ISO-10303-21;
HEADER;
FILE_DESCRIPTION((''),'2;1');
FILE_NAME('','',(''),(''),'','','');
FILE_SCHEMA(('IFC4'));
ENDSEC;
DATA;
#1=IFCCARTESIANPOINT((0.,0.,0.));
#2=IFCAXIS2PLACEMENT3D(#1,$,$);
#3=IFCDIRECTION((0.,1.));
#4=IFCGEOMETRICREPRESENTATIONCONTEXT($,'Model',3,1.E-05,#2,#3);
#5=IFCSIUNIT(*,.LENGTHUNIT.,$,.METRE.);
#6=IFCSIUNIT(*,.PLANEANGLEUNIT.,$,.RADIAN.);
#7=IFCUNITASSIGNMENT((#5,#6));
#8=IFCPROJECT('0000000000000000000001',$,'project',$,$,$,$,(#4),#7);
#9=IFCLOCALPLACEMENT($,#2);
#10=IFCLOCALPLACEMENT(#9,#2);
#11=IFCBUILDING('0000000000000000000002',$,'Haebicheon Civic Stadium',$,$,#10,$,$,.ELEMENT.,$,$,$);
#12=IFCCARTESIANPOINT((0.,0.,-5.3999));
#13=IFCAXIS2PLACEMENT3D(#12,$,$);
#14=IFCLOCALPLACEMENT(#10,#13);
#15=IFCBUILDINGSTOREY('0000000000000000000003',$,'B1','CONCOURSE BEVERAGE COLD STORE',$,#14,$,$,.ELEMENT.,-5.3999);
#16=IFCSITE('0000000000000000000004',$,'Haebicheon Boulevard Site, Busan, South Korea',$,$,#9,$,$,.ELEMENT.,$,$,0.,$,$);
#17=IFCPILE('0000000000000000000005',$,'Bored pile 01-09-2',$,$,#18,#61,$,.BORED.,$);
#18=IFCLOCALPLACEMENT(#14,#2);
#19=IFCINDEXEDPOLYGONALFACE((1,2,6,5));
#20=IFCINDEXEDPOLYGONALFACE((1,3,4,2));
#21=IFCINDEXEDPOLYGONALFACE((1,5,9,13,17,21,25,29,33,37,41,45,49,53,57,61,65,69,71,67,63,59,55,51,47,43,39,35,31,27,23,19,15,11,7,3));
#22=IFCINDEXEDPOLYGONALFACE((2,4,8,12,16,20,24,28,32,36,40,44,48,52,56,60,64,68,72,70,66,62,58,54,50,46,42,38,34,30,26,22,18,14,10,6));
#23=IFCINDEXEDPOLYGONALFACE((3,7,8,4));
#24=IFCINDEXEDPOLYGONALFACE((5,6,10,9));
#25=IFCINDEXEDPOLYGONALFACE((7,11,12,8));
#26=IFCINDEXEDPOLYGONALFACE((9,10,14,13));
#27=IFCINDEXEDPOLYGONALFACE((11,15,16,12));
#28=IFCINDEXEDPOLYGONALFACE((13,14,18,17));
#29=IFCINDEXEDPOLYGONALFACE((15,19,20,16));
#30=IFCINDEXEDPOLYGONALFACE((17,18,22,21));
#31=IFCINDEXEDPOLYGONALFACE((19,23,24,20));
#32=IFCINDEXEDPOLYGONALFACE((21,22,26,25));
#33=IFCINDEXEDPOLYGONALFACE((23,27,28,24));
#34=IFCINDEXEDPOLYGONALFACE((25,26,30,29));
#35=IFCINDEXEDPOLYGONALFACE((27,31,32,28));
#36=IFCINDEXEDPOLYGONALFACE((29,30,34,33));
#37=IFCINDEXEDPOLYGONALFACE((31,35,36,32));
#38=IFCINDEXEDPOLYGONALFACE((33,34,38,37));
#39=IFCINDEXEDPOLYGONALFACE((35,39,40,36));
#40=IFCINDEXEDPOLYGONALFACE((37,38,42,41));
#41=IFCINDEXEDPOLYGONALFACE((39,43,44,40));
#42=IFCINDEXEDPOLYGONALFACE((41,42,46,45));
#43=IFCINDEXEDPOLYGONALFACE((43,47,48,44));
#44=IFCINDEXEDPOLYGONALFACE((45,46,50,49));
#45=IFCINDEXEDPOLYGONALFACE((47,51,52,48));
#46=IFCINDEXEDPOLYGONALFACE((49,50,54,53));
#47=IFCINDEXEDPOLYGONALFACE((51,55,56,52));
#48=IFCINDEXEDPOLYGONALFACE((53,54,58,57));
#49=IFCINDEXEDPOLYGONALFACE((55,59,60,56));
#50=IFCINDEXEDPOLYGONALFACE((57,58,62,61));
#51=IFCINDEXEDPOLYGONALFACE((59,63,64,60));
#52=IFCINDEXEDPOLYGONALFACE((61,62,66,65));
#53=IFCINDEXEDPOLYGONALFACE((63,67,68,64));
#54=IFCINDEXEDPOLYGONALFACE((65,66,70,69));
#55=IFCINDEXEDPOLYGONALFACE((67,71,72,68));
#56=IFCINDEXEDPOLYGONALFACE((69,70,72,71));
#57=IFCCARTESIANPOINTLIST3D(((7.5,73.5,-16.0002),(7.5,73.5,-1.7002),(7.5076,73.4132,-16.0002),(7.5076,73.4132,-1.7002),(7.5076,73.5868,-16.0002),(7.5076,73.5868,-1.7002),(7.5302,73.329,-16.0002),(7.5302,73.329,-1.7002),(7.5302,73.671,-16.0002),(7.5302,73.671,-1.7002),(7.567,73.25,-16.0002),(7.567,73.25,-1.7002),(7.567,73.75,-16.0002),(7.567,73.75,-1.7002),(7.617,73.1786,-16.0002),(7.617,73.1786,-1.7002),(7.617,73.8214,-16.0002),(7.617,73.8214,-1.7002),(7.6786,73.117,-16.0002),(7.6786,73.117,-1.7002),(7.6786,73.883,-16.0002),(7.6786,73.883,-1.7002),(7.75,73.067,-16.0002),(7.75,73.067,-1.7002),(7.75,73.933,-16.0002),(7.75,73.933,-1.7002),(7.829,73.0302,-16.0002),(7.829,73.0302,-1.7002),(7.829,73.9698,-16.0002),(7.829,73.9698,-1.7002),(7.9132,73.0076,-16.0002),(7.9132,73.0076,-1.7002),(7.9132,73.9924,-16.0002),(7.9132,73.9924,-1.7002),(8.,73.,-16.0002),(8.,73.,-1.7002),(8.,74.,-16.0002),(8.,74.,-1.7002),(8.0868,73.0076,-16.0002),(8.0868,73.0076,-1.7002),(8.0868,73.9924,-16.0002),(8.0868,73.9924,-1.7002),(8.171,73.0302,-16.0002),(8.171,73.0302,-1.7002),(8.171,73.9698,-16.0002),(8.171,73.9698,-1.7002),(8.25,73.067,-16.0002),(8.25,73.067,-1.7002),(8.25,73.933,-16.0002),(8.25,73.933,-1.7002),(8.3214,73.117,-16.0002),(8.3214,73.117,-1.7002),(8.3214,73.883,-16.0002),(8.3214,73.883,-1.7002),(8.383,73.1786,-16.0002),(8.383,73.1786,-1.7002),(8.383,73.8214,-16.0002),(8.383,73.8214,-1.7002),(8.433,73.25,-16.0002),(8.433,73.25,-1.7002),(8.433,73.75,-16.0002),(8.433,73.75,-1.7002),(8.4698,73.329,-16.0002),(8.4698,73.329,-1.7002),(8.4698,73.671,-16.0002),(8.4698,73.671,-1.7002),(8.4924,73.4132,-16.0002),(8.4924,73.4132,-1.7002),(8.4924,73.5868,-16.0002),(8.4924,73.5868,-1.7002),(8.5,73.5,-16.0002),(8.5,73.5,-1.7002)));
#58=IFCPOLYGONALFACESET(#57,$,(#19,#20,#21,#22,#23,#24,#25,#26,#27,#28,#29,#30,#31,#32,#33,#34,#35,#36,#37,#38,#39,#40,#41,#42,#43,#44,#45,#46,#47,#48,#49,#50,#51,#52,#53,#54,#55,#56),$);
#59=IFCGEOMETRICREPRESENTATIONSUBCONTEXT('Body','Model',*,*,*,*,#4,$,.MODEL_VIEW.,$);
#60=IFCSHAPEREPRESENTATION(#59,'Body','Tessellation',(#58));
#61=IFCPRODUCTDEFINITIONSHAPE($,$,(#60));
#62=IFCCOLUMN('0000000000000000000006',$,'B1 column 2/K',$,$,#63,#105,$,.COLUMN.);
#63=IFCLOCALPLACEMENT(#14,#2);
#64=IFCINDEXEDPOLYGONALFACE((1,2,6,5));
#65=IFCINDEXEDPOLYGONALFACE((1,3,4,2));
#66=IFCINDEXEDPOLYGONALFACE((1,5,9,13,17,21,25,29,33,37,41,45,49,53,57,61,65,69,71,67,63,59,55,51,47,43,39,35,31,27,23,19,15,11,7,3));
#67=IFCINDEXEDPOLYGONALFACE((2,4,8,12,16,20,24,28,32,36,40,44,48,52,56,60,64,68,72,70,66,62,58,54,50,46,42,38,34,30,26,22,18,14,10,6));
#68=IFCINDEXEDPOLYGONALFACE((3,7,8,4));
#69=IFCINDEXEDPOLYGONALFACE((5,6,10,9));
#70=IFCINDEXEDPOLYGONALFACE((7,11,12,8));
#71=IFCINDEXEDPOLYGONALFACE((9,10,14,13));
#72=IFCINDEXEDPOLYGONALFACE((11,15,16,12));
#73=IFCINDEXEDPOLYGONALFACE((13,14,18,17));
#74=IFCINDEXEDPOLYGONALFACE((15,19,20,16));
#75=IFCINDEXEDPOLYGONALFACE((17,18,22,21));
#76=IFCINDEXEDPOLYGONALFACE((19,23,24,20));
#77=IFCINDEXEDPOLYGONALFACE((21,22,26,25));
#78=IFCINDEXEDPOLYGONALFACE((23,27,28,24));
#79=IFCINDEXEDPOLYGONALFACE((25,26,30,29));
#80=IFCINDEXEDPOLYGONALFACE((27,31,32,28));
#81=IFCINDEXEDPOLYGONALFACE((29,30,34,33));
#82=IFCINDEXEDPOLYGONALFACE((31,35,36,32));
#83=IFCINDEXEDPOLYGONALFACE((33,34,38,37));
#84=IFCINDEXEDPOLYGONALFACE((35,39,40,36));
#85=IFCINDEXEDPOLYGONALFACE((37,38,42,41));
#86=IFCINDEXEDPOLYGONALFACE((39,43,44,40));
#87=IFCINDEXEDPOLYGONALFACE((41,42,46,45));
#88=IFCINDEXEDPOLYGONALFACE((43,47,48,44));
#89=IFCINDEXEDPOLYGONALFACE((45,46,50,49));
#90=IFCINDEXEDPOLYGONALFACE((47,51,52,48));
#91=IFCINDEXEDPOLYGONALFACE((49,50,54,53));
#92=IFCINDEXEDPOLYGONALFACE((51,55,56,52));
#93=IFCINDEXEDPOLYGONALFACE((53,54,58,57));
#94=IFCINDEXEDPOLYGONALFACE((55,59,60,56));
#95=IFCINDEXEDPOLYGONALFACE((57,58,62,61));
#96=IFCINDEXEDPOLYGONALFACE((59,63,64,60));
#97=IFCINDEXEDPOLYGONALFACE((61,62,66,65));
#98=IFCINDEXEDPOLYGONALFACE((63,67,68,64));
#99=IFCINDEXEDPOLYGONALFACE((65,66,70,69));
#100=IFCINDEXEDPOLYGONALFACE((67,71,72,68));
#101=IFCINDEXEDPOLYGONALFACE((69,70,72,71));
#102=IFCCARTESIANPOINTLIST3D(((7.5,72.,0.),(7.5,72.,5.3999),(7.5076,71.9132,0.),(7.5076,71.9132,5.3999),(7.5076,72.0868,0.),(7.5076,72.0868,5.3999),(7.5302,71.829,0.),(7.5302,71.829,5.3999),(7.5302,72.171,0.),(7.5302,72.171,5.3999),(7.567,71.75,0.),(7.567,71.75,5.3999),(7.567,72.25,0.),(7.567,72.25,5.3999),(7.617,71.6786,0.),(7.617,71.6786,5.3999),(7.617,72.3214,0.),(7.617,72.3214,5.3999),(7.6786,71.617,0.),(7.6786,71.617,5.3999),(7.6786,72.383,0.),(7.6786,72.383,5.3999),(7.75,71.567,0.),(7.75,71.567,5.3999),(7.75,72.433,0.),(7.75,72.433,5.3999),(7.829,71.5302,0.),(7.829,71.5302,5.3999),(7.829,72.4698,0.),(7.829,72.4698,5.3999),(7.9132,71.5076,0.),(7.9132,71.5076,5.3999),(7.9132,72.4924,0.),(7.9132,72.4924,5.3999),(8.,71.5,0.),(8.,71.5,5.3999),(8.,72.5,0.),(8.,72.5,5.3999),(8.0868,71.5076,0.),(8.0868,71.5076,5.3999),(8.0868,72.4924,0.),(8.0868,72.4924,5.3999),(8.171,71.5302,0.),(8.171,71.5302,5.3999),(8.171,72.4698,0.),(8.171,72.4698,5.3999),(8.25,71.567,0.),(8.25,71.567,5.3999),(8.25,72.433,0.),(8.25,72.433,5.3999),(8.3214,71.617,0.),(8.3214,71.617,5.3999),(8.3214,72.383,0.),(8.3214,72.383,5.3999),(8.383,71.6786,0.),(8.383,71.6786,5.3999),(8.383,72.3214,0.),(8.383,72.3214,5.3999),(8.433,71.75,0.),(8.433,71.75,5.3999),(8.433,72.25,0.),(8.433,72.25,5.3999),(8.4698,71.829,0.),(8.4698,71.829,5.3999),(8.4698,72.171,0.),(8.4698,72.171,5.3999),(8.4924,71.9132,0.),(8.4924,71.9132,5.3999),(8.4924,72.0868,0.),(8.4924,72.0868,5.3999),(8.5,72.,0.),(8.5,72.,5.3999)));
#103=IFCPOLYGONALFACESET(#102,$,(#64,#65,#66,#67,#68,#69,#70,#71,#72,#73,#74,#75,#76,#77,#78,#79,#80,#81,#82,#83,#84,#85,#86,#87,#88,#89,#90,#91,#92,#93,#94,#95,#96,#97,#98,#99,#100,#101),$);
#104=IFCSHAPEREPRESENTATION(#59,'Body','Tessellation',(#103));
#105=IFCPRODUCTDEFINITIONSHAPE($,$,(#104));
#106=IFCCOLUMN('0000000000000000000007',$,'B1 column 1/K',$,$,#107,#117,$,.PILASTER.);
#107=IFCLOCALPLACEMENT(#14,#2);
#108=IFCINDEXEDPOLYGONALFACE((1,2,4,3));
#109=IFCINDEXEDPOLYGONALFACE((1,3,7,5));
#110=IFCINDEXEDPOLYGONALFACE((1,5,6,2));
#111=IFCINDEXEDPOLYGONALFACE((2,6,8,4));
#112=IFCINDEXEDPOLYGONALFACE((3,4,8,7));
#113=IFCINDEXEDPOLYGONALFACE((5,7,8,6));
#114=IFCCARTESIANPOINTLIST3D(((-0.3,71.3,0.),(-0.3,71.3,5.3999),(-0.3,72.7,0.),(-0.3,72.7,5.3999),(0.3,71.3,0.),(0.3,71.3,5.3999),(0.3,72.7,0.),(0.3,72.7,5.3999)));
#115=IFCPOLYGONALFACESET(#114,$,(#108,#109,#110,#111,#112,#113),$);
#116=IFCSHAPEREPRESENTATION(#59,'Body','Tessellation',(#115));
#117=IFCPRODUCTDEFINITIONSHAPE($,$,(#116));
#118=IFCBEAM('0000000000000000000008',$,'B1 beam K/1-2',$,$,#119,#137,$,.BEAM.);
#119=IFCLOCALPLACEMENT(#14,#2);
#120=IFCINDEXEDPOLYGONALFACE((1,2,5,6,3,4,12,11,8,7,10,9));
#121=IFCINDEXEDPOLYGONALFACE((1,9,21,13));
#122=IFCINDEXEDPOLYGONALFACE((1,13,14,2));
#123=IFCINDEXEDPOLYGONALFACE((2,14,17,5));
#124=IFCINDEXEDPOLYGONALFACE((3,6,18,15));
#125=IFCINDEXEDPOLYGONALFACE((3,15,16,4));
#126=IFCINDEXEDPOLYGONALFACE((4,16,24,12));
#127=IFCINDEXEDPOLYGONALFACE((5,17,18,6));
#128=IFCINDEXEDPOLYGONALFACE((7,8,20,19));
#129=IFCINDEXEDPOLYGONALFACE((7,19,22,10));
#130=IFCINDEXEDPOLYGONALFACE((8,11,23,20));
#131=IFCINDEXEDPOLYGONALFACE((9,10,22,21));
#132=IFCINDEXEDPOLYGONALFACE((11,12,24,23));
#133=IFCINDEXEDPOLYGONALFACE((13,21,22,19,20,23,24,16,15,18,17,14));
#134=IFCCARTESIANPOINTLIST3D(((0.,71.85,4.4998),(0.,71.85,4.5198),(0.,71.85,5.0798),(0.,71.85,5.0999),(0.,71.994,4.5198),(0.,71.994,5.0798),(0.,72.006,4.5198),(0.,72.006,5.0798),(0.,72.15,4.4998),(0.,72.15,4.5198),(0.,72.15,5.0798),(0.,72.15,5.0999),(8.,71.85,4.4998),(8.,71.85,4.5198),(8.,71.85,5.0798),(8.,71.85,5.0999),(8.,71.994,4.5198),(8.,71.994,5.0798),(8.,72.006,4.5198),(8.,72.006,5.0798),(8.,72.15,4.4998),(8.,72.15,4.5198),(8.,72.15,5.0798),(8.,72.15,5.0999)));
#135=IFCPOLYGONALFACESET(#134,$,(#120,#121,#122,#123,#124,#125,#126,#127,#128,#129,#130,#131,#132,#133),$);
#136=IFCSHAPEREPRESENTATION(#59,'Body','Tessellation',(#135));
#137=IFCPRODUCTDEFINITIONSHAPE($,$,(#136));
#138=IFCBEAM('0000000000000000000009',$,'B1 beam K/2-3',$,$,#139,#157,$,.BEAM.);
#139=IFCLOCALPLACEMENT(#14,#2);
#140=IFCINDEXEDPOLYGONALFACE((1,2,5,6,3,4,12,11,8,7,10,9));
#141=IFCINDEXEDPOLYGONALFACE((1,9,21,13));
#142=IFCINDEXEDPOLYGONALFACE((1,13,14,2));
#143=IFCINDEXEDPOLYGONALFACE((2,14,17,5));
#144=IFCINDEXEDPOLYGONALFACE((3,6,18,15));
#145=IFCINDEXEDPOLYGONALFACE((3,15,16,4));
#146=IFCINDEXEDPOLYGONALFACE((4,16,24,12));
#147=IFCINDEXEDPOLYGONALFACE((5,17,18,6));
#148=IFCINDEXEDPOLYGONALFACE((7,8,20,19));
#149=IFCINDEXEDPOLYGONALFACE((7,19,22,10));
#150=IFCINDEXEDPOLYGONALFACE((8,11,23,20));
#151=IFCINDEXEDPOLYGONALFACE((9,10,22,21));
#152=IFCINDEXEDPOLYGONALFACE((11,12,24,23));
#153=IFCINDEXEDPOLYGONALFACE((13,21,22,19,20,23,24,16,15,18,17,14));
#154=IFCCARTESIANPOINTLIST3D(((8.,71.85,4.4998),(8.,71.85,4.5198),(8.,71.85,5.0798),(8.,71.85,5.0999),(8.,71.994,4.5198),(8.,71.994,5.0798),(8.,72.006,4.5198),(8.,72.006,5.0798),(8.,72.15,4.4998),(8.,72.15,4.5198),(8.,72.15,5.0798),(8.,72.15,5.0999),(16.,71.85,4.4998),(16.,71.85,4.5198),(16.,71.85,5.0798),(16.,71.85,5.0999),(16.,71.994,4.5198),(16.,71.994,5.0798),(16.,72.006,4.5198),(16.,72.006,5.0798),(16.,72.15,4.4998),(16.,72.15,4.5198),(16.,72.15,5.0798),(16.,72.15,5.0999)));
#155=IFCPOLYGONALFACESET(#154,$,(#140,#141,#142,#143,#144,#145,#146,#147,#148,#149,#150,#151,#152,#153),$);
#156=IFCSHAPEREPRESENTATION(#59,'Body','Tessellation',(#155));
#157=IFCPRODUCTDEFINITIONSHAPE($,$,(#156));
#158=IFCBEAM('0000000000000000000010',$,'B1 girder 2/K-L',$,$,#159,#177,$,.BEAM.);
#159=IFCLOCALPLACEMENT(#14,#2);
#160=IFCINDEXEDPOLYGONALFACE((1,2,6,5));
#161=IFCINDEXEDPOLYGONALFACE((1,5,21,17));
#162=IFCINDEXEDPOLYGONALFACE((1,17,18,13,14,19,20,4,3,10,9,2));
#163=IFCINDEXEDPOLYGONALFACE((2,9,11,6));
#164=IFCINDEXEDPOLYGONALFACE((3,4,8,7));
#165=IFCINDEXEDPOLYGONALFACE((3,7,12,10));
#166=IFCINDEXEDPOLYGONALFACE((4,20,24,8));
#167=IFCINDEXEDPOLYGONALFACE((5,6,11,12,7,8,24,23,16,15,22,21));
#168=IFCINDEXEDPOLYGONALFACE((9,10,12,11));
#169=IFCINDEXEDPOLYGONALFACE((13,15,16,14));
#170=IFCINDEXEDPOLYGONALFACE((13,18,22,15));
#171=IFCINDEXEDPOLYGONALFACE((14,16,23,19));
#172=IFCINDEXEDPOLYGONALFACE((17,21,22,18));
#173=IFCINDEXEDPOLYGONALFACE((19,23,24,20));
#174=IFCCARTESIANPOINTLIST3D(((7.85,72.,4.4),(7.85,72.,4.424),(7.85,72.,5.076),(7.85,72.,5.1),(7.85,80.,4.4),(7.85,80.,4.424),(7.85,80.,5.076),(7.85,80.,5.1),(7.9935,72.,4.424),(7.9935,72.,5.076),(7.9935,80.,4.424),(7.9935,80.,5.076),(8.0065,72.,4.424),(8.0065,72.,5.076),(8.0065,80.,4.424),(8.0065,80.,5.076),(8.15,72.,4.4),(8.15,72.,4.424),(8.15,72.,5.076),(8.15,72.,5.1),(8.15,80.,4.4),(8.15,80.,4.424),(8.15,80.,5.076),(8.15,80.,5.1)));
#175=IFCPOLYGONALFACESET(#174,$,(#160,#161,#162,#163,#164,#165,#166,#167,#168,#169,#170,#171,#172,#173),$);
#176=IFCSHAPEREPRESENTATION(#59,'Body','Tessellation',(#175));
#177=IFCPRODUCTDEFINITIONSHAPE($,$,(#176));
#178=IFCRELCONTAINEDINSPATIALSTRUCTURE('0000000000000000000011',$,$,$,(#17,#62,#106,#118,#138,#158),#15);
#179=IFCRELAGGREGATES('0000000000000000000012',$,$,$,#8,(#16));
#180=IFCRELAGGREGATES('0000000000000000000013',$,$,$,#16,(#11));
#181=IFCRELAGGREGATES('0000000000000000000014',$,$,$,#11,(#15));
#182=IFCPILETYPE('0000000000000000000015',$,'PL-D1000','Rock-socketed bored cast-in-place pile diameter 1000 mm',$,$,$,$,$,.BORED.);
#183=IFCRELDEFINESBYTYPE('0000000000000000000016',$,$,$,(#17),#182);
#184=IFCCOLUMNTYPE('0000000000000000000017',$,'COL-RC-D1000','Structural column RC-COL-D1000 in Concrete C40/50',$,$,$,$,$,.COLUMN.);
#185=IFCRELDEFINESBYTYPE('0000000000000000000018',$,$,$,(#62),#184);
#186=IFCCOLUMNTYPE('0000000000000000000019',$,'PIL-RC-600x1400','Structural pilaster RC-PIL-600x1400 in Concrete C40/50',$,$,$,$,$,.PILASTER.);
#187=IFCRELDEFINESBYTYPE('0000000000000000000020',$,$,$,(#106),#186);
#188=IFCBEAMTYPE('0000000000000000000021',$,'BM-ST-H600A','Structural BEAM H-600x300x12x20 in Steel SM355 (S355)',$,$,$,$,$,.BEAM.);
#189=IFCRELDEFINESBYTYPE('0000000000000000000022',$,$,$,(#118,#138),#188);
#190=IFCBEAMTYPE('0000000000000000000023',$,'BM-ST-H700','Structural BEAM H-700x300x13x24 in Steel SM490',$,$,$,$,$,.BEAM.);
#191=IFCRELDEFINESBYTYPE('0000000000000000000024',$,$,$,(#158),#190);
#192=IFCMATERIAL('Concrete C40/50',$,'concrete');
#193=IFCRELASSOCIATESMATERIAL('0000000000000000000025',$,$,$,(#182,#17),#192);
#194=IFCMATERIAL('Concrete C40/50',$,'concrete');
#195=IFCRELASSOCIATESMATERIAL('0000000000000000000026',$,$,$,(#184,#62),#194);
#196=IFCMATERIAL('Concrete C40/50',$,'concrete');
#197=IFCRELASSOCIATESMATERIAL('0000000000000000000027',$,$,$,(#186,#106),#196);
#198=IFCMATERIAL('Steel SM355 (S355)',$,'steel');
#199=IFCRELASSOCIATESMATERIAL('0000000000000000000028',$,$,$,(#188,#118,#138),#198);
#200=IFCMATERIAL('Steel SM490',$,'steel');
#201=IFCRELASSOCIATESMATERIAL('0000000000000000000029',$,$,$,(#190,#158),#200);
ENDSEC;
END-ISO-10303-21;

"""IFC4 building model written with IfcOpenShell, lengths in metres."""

from ifc_helpers import new_model, si_unit, direction, frame, origin, origin_2d, place, context, subcontext, project, spatial, rectangle, circle, i_section, extrude, material, material_profile, profile_set, type_object, element, save


model = new_model("IFC4")

# Units and contexts
model_context = context("Model", 3, precision=1e-05, world=origin(), true_north=direction((0.0, 1.0)))
body_context = subcontext(model_context, "Body", "Model", "MODEL_VIEW")
ifc_project = project(units=[si_unit("LENGTHUNIT", "METRE"), si_unit("PLANEANGLEUNIT", "RADIAN")], contexts=[model_context])

# Site, building, storey
site_placement = place(None, origin())
site = spatial("IfcSite", under=ifc_project, at=site_placement, Name="Haebicheon Boulevard Site, Busan, South Korea", CompositionType="ELEMENT", RefElevation=0.0)
building_placement = place(site_placement, origin())
building = spatial("IfcBuilding", under=site, at=building_placement, Name="Haebicheon Civic Stadium", CompositionType="ELEMENT")
storey_placement = place(building_placement, frame((0.0, 0.0, -5.3999)))
storey = spatial("IfcBuildingStorey", under=building, at=storey_placement, Name="B1", Description="CONCOURSE BEVERAGE COLD STORE", CompositionType="ELEMENT", Elevation=-5.3999)

# Pile
ifc_material_1 = material(Name="Concrete C40/50", Category="concrete")
ifc_material_profile_1 = material_profile(ifc_material_1, circle(Radius=0.5, at=origin_2d()), Name="PILE-D1000")
ifc_profile_set_1 = profile_set([ifc_material_profile_1], Name="Concrete C40/50")
pile_type = type_object("IfcPileType", Name="PL-D1000", Description="Rock-socketed bored cast-in-place pile diameter 1000 mm", PredefinedType="BORED", material=ifc_profile_set_1)
for number, where, z_axis, x_axis, name in (
    (1, (8.0, 73.5, -1.7002), (0.0, 0.0, -1.0), (1.0, 0.0, 0.0), "Bored pile 01-09-2"),
):
    element("IfcPile", number, at=place(storey_placement, frame(where, z_axis=z_axis, x_axis=x_axis)), inside=storey, type_object=pile_type, material=ifc_profile_set_1, Name=name, PredefinedType="BORED", context=body_context, shape_type="SweptSolid", body=[
        extrude(circle(Radius=0.5, at=origin_2d()), origin(), (0.0, 0.0, 1.0), 14.3),
    ])

# Columns
ifc_material_2 = material(Name="Concrete C40/50", Category="concrete")
ifc_material_profile_2 = material_profile(ifc_material_2, circle(Radius=0.5, at=origin_2d()), Name="RC-COL-D1000")
ifc_profile_set_2 = profile_set([ifc_material_profile_2], Name="Concrete C40/50")
column_type_1 = type_object("IfcColumnType", Name="COL-RC-D1000", Description="Structural column RC-COL-D1000 in Concrete C40/50", PredefinedType="COLUMN", material=ifc_profile_set_2)
column_1_placement = place(storey_placement, frame((8.0, 72.0, 0.0), z_axis=(0.0, 0.0, 1.0), x_axis=(1.0, 0.0, 0.0)))
element("IfcColumn", 2, at=column_1_placement, inside=storey, type_object=column_type_1, material=ifc_profile_set_2, Name="B1 column 2/K", PredefinedType="COLUMN", context=body_context, shape_type="SweptSolid", body=[
    extrude(circle(Radius=0.5, at=origin_2d()), origin(), (0.0, 0.0, 1.0), 5.3999),
])
ifc_material_3 = material(Name="Concrete C40/50", Category="concrete")
ifc_material_profile_3 = material_profile(ifc_material_3, rectangle(XDim=0.6001, YDim=1.3999, at=origin_2d()), Name="RC-PIL-600x1400")
ifc_profile_set_3 = profile_set([ifc_material_profile_3], Name="Concrete C40/50")
column_type_2 = type_object("IfcColumnType", Name="PIL-RC-600x1400", Description="Structural pilaster RC-PIL-600x1400 in Concrete C40/50", PredefinedType="PILASTER", material=ifc_profile_set_3)
column_2_placement = place(storey_placement, frame((0.0, 72.0, 0.0), z_axis=(0.0, 0.0, 1.0), x_axis=(1.0, 0.0, 0.0)))
element("IfcColumn", 3, at=column_2_placement, inside=storey, type_object=column_type_2, material=ifc_profile_set_3, Name="B1 column 1/K", PredefinedType="PILASTER", context=body_context, shape_type="SweptSolid", body=[
    extrude(rectangle(XDim=0.6001, YDim=1.3999, at=origin_2d()), origin(), (0.0, 0.0, 1.0), 5.3999),
])

# Beams
ifc_material_4 = material(Name="Steel SM355 (S355)", Category="steel")
ifc_material_profile_4 = material_profile(ifc_material_4, i_section(OverallWidth=0.3, OverallDepth=0.6001, WebThickness=0.012, FlangeThickness=0.02, at=origin_2d()), Name="H-600x300x12x20")
ifc_profile_set_4 = profile_set([ifc_material_profile_4], Name="Steel SM355 (S355)")
beam_type_1 = type_object("IfcBeamType", Name="BM-ST-H600A", Description="Structural BEAM H-600x300x12x20 in Steel SM355 (S355)", PredefinedType="BEAM", material=ifc_profile_set_4)
for number, where, z_axis, x_axis, name in (
    (4, (0.0, 72.0, 4.7998), (1.0, 0.0, 0.0), (0.0, 1.0, 0.0), "B1 beam K/1-2"),
    (5, (8.0, 72.0, 4.7998), (1.0, 0.0, 0.0), (0.0, 1.0, 0.0), "B1 beam K/2-3"),
):
    element("IfcBeam", number, at=place(storey_placement, frame(where, z_axis=z_axis, x_axis=x_axis)), inside=storey, type_object=beam_type_1, material=ifc_profile_set_4, Name=name, PredefinedType="BEAM", context=body_context, shape_type="SweptSolid", body=[
        extrude(i_section(OverallWidth=0.3, OverallDepth=0.6001, WebThickness=0.012, FlangeThickness=0.02, at=origin_2d()), origin(), (0.0, 0.0, 1.0), 8.0),
    ])
ifc_material_5 = material(Name="Steel SM490", Category="steel")
ifc_material_profile_5 = material_profile(ifc_material_5, i_section(OverallWidth=0.3, OverallDepth=0.7, WebThickness=0.0129, FlangeThickness=0.0239, at=origin_2d()), Name="H-700x300x13x24")
ifc_profile_set_5 = profile_set([ifc_material_profile_5], Name="Steel SM490")
beam_type_2 = type_object("IfcBeamType", Name="BM-ST-H700", Description="Structural BEAM H-700x300x13x24 in Steel SM490", PredefinedType="BEAM", material=ifc_profile_set_5)
beam_1_placement = place(storey_placement, frame((8.0, 72.0, 4.75), z_axis=(0.0, 1.0, 0.0), x_axis=(-1.0, 0.0, 0.0)))
element("IfcBeam", 6, at=beam_1_placement, inside=storey, type_object=beam_type_2, material=ifc_profile_set_5, Name="B1 girder 2/K-L", PredefinedType="BEAM", context=body_context, shape_type="SweptSolid", body=[
    extrude(i_section(OverallWidth=0.3, OverallDepth=0.7, WebThickness=0.0129, FlangeThickness=0.0239, at=origin_2d()), origin(), (0.0, 0.0, 1.0), 8.0),
])

save(model, "model.ifc")
